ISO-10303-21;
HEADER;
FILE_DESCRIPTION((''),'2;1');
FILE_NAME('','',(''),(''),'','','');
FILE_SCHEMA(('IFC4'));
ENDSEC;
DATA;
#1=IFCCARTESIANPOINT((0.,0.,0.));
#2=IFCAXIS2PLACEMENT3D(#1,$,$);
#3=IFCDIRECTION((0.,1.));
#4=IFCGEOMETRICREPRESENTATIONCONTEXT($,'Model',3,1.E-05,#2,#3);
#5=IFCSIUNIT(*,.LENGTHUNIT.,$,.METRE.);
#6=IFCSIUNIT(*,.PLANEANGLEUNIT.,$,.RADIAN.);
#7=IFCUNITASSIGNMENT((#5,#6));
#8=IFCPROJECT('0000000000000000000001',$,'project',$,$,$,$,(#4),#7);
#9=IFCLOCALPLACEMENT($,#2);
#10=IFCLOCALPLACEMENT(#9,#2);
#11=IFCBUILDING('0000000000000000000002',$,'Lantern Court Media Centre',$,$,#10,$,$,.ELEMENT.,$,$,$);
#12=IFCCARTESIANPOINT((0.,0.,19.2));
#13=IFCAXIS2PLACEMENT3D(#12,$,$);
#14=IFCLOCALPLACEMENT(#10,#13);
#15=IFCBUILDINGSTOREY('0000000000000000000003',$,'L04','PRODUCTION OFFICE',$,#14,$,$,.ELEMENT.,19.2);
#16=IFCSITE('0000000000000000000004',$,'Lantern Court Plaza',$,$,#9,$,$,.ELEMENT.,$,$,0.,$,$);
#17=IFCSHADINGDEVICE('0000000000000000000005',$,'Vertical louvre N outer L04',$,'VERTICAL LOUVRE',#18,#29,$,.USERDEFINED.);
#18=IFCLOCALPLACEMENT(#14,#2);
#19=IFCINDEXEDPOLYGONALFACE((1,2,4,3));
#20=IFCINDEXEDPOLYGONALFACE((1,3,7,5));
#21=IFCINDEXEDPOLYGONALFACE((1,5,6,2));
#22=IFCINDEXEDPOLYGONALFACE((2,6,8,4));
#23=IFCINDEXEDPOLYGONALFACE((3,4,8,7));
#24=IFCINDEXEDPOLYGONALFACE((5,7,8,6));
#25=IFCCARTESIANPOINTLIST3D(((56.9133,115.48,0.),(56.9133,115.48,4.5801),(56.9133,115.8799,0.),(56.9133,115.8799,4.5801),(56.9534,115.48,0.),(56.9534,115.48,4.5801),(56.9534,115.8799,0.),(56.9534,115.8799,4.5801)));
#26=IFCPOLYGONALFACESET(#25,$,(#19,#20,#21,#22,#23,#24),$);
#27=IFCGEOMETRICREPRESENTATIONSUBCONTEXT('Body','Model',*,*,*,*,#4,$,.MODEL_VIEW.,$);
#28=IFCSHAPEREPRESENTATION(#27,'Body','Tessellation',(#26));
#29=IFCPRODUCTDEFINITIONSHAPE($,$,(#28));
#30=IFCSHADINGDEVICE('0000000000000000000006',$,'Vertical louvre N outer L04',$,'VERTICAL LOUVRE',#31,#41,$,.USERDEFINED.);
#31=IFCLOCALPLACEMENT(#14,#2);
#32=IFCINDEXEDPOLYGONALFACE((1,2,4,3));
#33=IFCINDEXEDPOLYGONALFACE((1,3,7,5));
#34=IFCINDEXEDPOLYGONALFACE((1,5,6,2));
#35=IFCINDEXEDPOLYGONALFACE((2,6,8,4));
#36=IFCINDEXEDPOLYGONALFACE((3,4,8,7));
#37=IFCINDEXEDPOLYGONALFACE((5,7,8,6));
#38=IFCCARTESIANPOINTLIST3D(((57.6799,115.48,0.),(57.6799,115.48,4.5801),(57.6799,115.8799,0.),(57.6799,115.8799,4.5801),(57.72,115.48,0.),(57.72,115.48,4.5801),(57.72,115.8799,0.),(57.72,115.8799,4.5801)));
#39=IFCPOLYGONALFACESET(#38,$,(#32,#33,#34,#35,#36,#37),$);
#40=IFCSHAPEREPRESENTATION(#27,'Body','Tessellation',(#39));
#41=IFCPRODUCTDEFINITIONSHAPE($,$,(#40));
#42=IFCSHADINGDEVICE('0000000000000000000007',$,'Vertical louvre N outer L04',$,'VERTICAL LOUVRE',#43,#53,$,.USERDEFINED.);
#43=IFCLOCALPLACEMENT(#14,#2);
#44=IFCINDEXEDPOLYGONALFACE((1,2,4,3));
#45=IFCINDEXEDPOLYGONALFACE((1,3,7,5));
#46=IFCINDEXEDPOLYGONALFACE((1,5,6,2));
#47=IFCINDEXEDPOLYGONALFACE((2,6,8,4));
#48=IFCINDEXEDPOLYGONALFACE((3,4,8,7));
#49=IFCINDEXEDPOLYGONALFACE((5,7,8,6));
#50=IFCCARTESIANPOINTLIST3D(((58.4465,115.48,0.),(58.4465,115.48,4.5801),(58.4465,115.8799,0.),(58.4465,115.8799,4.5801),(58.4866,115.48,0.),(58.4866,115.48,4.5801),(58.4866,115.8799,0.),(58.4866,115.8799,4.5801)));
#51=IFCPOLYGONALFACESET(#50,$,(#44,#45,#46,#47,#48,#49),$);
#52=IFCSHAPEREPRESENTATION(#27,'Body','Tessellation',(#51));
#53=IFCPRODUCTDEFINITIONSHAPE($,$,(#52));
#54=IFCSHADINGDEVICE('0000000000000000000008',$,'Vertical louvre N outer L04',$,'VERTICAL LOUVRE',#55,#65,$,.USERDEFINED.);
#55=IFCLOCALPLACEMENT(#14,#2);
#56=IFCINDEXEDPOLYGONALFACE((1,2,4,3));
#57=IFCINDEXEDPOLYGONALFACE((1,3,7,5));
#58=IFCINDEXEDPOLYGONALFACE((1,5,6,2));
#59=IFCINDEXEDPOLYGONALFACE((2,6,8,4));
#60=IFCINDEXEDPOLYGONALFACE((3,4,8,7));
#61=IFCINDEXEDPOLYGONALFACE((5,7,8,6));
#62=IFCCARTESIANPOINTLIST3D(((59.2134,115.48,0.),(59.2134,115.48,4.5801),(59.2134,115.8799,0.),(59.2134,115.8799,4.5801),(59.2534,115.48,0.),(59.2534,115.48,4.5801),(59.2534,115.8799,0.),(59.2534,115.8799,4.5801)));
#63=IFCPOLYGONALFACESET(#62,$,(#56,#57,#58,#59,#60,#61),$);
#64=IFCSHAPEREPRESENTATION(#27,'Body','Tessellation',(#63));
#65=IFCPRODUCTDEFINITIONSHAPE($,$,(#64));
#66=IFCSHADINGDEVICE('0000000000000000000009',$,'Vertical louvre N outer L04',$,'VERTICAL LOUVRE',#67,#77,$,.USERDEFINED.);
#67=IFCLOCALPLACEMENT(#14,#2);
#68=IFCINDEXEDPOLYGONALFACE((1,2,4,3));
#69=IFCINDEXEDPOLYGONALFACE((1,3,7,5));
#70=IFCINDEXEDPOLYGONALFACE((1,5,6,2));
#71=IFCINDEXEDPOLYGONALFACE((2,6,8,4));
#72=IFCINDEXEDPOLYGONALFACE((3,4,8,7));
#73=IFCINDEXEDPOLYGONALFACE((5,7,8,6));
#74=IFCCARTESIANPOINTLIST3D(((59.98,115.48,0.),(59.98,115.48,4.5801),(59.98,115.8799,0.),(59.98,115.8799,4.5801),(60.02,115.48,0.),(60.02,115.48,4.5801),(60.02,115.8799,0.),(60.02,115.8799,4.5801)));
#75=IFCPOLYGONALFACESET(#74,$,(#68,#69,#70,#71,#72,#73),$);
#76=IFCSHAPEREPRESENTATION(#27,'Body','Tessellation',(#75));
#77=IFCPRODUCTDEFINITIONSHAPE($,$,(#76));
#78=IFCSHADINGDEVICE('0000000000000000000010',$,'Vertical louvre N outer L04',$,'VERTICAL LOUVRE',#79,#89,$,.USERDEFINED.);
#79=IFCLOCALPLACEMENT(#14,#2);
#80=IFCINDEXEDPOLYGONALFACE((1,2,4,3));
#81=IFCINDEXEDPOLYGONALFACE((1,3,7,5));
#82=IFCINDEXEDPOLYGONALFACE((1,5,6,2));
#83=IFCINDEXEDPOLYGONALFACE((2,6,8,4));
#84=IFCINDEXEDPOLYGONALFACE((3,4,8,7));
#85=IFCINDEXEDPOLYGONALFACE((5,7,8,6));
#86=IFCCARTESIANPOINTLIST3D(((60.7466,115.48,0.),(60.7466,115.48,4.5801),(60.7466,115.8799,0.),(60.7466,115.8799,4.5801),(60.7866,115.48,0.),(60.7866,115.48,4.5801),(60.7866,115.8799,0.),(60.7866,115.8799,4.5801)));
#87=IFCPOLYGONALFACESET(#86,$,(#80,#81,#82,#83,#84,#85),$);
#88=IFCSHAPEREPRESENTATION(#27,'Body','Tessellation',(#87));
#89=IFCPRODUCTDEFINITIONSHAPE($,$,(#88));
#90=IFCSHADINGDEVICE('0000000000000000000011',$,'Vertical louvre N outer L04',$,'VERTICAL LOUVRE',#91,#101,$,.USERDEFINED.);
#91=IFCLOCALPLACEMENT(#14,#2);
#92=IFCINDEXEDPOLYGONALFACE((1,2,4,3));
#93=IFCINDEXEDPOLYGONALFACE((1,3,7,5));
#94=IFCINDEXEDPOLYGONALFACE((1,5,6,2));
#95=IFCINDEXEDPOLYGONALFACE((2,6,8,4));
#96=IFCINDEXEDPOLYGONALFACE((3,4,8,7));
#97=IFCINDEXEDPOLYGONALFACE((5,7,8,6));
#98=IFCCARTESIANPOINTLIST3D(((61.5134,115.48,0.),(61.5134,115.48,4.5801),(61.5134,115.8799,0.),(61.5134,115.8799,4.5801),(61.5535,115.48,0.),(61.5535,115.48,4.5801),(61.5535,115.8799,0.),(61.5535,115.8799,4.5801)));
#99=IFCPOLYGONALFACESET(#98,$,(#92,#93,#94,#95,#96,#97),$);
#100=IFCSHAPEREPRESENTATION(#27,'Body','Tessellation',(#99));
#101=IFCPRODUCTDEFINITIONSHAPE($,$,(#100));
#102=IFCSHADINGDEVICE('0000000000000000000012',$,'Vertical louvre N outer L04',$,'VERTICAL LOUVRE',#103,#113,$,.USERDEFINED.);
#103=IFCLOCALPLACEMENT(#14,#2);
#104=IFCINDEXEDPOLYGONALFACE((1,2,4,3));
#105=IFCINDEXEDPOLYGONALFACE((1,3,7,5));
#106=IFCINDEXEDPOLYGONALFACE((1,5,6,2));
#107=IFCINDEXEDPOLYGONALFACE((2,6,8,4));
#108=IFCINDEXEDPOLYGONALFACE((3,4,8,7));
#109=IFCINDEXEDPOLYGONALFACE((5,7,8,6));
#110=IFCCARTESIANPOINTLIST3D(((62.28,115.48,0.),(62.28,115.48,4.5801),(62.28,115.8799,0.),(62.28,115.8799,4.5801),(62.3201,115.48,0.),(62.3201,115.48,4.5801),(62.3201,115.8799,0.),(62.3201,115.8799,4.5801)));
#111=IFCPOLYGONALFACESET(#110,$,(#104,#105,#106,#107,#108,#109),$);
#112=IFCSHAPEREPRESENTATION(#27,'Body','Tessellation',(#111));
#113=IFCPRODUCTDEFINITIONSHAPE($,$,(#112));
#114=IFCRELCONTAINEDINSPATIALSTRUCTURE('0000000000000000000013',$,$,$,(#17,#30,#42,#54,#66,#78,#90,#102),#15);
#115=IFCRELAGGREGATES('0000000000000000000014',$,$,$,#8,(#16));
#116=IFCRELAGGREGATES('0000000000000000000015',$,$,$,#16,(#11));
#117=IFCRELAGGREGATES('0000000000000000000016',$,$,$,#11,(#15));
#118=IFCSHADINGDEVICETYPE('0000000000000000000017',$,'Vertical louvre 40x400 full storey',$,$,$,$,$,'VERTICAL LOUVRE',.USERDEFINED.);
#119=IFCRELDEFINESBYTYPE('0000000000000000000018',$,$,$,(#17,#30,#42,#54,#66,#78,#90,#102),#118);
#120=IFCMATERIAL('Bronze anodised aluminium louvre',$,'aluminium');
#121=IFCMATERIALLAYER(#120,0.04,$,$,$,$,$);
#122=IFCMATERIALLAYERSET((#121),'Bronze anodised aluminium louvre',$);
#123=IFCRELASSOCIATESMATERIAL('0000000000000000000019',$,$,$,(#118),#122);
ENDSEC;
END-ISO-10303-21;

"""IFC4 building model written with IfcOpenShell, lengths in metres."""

from ifc_helpers import new_model, si_unit, direction, frame, origin, origin_2d, place, context, subcontext, project, spatial, rectangle, extrude, material, layer, layer_set, type_object, element, save


model = new_model("IFC4")

# Units and contexts
model_context = context("Model", 3, precision=1e-05, world=origin(), true_north=direction((0.0, 1.0)))
body_context = subcontext(model_context, "Body", "Model", "MODEL_VIEW")
ifc_project = project(units=[si_unit("LENGTHUNIT", "METRE"), si_unit("PLANEANGLEUNIT", "RADIAN")], contexts=[model_context])

# Site, building, storey
site_placement = place(None, origin())
site = spatial("IfcSite", under=ifc_project, at=site_placement, Name="Lantern Court Plaza", CompositionType="ELEMENT", RefElevation=0.0)
building_placement = place(site_placement, origin())
building = spatial("IfcBuilding", under=site, at=building_placement, Name="Lantern Court Media Centre", CompositionType="ELEMENT")
storey_placement = place(building_placement, frame((0.0, 0.0, 19.2)))
storey = spatial("IfcBuildingStorey", under=building, at=storey_placement, Name="L04", Description="PRODUCTION OFFICE", CompositionType="ELEMENT", Elevation=19.2)

# Shading devices
ifc_material_1 = material(Name="Bronze anodised aluminium louvre", Category="aluminium")
ifc_layer_1 = layer(ifc_material_1, 0.04)
ifc_layer_set_1 = layer_set([ifc_layer_1], Name="Bronze anodised aluminium louvre")
shading_device_type = type_object("IfcShadingDeviceType", Name="Vertical louvre 40x400 full storey", ElementType="VERTICAL LOUVRE", PredefinedType="USERDEFINED", material=ifc_layer_set_1)
for number, where, z_axis, x_axis, name in (
    (1, (56.9333, 115.6799, 0.0), (0.0, 0.0, 1.0), (1.0, 0.0, 0.0), "Vertical louvre N outer L04"),
    (2, (57.7, 115.6799, 0.0), (0.0, 0.0, 1.0), (1.0, 0.0, 0.0), "Vertical louvre N outer L04"),
    (3, (58.4666, 115.6799, 0.0), (0.0, 0.0, 1.0), (1.0, 0.0, 0.0), "Vertical louvre N outer L04"),
    (4, (59.2334, 115.6799, 0.0), (0.0, 0.0, 1.0), (1.0, 0.0, 0.0), "Vertical louvre N outer L04"),
    (5, (60.0, 115.6799, 0.0), (0.0, 0.0, 1.0), (1.0, 0.0, 0.0), "Vertical louvre N outer L04"),
    (6, (60.7666, 115.6799, 0.0), (0.0, 0.0, 1.0), (1.0, 0.0, 0.0), "Vertical louvre N outer L04"),
    (7, (61.5334, 115.6799, 0.0), (0.0, 0.0, 1.0), (1.0, 0.0, 0.0), "Vertical louvre N outer L04"),
    (8, (62.3, 115.6799, 0.0), (0.0, 0.0, 1.0), (1.0, 0.0, 0.0), "Vertical louvre N outer L04"),
):
    element("IfcShadingDevice", number, at=place(storey_placement, frame(where, z_axis=z_axis, x_axis=x_axis)), inside=storey, type_object=shading_device_type, Name=name, ObjectType="VERTICAL LOUVRE", PredefinedType="USERDEFINED", context=body_context, shape_type="SweptSolid", body=[
        extrude(rectangle(XDim=0.04, YDim=0.3999, at=origin_2d()), origin(), (0.0, 0.0, 1.0), 4.5801),
    ])

save(model, "model.ifc")
